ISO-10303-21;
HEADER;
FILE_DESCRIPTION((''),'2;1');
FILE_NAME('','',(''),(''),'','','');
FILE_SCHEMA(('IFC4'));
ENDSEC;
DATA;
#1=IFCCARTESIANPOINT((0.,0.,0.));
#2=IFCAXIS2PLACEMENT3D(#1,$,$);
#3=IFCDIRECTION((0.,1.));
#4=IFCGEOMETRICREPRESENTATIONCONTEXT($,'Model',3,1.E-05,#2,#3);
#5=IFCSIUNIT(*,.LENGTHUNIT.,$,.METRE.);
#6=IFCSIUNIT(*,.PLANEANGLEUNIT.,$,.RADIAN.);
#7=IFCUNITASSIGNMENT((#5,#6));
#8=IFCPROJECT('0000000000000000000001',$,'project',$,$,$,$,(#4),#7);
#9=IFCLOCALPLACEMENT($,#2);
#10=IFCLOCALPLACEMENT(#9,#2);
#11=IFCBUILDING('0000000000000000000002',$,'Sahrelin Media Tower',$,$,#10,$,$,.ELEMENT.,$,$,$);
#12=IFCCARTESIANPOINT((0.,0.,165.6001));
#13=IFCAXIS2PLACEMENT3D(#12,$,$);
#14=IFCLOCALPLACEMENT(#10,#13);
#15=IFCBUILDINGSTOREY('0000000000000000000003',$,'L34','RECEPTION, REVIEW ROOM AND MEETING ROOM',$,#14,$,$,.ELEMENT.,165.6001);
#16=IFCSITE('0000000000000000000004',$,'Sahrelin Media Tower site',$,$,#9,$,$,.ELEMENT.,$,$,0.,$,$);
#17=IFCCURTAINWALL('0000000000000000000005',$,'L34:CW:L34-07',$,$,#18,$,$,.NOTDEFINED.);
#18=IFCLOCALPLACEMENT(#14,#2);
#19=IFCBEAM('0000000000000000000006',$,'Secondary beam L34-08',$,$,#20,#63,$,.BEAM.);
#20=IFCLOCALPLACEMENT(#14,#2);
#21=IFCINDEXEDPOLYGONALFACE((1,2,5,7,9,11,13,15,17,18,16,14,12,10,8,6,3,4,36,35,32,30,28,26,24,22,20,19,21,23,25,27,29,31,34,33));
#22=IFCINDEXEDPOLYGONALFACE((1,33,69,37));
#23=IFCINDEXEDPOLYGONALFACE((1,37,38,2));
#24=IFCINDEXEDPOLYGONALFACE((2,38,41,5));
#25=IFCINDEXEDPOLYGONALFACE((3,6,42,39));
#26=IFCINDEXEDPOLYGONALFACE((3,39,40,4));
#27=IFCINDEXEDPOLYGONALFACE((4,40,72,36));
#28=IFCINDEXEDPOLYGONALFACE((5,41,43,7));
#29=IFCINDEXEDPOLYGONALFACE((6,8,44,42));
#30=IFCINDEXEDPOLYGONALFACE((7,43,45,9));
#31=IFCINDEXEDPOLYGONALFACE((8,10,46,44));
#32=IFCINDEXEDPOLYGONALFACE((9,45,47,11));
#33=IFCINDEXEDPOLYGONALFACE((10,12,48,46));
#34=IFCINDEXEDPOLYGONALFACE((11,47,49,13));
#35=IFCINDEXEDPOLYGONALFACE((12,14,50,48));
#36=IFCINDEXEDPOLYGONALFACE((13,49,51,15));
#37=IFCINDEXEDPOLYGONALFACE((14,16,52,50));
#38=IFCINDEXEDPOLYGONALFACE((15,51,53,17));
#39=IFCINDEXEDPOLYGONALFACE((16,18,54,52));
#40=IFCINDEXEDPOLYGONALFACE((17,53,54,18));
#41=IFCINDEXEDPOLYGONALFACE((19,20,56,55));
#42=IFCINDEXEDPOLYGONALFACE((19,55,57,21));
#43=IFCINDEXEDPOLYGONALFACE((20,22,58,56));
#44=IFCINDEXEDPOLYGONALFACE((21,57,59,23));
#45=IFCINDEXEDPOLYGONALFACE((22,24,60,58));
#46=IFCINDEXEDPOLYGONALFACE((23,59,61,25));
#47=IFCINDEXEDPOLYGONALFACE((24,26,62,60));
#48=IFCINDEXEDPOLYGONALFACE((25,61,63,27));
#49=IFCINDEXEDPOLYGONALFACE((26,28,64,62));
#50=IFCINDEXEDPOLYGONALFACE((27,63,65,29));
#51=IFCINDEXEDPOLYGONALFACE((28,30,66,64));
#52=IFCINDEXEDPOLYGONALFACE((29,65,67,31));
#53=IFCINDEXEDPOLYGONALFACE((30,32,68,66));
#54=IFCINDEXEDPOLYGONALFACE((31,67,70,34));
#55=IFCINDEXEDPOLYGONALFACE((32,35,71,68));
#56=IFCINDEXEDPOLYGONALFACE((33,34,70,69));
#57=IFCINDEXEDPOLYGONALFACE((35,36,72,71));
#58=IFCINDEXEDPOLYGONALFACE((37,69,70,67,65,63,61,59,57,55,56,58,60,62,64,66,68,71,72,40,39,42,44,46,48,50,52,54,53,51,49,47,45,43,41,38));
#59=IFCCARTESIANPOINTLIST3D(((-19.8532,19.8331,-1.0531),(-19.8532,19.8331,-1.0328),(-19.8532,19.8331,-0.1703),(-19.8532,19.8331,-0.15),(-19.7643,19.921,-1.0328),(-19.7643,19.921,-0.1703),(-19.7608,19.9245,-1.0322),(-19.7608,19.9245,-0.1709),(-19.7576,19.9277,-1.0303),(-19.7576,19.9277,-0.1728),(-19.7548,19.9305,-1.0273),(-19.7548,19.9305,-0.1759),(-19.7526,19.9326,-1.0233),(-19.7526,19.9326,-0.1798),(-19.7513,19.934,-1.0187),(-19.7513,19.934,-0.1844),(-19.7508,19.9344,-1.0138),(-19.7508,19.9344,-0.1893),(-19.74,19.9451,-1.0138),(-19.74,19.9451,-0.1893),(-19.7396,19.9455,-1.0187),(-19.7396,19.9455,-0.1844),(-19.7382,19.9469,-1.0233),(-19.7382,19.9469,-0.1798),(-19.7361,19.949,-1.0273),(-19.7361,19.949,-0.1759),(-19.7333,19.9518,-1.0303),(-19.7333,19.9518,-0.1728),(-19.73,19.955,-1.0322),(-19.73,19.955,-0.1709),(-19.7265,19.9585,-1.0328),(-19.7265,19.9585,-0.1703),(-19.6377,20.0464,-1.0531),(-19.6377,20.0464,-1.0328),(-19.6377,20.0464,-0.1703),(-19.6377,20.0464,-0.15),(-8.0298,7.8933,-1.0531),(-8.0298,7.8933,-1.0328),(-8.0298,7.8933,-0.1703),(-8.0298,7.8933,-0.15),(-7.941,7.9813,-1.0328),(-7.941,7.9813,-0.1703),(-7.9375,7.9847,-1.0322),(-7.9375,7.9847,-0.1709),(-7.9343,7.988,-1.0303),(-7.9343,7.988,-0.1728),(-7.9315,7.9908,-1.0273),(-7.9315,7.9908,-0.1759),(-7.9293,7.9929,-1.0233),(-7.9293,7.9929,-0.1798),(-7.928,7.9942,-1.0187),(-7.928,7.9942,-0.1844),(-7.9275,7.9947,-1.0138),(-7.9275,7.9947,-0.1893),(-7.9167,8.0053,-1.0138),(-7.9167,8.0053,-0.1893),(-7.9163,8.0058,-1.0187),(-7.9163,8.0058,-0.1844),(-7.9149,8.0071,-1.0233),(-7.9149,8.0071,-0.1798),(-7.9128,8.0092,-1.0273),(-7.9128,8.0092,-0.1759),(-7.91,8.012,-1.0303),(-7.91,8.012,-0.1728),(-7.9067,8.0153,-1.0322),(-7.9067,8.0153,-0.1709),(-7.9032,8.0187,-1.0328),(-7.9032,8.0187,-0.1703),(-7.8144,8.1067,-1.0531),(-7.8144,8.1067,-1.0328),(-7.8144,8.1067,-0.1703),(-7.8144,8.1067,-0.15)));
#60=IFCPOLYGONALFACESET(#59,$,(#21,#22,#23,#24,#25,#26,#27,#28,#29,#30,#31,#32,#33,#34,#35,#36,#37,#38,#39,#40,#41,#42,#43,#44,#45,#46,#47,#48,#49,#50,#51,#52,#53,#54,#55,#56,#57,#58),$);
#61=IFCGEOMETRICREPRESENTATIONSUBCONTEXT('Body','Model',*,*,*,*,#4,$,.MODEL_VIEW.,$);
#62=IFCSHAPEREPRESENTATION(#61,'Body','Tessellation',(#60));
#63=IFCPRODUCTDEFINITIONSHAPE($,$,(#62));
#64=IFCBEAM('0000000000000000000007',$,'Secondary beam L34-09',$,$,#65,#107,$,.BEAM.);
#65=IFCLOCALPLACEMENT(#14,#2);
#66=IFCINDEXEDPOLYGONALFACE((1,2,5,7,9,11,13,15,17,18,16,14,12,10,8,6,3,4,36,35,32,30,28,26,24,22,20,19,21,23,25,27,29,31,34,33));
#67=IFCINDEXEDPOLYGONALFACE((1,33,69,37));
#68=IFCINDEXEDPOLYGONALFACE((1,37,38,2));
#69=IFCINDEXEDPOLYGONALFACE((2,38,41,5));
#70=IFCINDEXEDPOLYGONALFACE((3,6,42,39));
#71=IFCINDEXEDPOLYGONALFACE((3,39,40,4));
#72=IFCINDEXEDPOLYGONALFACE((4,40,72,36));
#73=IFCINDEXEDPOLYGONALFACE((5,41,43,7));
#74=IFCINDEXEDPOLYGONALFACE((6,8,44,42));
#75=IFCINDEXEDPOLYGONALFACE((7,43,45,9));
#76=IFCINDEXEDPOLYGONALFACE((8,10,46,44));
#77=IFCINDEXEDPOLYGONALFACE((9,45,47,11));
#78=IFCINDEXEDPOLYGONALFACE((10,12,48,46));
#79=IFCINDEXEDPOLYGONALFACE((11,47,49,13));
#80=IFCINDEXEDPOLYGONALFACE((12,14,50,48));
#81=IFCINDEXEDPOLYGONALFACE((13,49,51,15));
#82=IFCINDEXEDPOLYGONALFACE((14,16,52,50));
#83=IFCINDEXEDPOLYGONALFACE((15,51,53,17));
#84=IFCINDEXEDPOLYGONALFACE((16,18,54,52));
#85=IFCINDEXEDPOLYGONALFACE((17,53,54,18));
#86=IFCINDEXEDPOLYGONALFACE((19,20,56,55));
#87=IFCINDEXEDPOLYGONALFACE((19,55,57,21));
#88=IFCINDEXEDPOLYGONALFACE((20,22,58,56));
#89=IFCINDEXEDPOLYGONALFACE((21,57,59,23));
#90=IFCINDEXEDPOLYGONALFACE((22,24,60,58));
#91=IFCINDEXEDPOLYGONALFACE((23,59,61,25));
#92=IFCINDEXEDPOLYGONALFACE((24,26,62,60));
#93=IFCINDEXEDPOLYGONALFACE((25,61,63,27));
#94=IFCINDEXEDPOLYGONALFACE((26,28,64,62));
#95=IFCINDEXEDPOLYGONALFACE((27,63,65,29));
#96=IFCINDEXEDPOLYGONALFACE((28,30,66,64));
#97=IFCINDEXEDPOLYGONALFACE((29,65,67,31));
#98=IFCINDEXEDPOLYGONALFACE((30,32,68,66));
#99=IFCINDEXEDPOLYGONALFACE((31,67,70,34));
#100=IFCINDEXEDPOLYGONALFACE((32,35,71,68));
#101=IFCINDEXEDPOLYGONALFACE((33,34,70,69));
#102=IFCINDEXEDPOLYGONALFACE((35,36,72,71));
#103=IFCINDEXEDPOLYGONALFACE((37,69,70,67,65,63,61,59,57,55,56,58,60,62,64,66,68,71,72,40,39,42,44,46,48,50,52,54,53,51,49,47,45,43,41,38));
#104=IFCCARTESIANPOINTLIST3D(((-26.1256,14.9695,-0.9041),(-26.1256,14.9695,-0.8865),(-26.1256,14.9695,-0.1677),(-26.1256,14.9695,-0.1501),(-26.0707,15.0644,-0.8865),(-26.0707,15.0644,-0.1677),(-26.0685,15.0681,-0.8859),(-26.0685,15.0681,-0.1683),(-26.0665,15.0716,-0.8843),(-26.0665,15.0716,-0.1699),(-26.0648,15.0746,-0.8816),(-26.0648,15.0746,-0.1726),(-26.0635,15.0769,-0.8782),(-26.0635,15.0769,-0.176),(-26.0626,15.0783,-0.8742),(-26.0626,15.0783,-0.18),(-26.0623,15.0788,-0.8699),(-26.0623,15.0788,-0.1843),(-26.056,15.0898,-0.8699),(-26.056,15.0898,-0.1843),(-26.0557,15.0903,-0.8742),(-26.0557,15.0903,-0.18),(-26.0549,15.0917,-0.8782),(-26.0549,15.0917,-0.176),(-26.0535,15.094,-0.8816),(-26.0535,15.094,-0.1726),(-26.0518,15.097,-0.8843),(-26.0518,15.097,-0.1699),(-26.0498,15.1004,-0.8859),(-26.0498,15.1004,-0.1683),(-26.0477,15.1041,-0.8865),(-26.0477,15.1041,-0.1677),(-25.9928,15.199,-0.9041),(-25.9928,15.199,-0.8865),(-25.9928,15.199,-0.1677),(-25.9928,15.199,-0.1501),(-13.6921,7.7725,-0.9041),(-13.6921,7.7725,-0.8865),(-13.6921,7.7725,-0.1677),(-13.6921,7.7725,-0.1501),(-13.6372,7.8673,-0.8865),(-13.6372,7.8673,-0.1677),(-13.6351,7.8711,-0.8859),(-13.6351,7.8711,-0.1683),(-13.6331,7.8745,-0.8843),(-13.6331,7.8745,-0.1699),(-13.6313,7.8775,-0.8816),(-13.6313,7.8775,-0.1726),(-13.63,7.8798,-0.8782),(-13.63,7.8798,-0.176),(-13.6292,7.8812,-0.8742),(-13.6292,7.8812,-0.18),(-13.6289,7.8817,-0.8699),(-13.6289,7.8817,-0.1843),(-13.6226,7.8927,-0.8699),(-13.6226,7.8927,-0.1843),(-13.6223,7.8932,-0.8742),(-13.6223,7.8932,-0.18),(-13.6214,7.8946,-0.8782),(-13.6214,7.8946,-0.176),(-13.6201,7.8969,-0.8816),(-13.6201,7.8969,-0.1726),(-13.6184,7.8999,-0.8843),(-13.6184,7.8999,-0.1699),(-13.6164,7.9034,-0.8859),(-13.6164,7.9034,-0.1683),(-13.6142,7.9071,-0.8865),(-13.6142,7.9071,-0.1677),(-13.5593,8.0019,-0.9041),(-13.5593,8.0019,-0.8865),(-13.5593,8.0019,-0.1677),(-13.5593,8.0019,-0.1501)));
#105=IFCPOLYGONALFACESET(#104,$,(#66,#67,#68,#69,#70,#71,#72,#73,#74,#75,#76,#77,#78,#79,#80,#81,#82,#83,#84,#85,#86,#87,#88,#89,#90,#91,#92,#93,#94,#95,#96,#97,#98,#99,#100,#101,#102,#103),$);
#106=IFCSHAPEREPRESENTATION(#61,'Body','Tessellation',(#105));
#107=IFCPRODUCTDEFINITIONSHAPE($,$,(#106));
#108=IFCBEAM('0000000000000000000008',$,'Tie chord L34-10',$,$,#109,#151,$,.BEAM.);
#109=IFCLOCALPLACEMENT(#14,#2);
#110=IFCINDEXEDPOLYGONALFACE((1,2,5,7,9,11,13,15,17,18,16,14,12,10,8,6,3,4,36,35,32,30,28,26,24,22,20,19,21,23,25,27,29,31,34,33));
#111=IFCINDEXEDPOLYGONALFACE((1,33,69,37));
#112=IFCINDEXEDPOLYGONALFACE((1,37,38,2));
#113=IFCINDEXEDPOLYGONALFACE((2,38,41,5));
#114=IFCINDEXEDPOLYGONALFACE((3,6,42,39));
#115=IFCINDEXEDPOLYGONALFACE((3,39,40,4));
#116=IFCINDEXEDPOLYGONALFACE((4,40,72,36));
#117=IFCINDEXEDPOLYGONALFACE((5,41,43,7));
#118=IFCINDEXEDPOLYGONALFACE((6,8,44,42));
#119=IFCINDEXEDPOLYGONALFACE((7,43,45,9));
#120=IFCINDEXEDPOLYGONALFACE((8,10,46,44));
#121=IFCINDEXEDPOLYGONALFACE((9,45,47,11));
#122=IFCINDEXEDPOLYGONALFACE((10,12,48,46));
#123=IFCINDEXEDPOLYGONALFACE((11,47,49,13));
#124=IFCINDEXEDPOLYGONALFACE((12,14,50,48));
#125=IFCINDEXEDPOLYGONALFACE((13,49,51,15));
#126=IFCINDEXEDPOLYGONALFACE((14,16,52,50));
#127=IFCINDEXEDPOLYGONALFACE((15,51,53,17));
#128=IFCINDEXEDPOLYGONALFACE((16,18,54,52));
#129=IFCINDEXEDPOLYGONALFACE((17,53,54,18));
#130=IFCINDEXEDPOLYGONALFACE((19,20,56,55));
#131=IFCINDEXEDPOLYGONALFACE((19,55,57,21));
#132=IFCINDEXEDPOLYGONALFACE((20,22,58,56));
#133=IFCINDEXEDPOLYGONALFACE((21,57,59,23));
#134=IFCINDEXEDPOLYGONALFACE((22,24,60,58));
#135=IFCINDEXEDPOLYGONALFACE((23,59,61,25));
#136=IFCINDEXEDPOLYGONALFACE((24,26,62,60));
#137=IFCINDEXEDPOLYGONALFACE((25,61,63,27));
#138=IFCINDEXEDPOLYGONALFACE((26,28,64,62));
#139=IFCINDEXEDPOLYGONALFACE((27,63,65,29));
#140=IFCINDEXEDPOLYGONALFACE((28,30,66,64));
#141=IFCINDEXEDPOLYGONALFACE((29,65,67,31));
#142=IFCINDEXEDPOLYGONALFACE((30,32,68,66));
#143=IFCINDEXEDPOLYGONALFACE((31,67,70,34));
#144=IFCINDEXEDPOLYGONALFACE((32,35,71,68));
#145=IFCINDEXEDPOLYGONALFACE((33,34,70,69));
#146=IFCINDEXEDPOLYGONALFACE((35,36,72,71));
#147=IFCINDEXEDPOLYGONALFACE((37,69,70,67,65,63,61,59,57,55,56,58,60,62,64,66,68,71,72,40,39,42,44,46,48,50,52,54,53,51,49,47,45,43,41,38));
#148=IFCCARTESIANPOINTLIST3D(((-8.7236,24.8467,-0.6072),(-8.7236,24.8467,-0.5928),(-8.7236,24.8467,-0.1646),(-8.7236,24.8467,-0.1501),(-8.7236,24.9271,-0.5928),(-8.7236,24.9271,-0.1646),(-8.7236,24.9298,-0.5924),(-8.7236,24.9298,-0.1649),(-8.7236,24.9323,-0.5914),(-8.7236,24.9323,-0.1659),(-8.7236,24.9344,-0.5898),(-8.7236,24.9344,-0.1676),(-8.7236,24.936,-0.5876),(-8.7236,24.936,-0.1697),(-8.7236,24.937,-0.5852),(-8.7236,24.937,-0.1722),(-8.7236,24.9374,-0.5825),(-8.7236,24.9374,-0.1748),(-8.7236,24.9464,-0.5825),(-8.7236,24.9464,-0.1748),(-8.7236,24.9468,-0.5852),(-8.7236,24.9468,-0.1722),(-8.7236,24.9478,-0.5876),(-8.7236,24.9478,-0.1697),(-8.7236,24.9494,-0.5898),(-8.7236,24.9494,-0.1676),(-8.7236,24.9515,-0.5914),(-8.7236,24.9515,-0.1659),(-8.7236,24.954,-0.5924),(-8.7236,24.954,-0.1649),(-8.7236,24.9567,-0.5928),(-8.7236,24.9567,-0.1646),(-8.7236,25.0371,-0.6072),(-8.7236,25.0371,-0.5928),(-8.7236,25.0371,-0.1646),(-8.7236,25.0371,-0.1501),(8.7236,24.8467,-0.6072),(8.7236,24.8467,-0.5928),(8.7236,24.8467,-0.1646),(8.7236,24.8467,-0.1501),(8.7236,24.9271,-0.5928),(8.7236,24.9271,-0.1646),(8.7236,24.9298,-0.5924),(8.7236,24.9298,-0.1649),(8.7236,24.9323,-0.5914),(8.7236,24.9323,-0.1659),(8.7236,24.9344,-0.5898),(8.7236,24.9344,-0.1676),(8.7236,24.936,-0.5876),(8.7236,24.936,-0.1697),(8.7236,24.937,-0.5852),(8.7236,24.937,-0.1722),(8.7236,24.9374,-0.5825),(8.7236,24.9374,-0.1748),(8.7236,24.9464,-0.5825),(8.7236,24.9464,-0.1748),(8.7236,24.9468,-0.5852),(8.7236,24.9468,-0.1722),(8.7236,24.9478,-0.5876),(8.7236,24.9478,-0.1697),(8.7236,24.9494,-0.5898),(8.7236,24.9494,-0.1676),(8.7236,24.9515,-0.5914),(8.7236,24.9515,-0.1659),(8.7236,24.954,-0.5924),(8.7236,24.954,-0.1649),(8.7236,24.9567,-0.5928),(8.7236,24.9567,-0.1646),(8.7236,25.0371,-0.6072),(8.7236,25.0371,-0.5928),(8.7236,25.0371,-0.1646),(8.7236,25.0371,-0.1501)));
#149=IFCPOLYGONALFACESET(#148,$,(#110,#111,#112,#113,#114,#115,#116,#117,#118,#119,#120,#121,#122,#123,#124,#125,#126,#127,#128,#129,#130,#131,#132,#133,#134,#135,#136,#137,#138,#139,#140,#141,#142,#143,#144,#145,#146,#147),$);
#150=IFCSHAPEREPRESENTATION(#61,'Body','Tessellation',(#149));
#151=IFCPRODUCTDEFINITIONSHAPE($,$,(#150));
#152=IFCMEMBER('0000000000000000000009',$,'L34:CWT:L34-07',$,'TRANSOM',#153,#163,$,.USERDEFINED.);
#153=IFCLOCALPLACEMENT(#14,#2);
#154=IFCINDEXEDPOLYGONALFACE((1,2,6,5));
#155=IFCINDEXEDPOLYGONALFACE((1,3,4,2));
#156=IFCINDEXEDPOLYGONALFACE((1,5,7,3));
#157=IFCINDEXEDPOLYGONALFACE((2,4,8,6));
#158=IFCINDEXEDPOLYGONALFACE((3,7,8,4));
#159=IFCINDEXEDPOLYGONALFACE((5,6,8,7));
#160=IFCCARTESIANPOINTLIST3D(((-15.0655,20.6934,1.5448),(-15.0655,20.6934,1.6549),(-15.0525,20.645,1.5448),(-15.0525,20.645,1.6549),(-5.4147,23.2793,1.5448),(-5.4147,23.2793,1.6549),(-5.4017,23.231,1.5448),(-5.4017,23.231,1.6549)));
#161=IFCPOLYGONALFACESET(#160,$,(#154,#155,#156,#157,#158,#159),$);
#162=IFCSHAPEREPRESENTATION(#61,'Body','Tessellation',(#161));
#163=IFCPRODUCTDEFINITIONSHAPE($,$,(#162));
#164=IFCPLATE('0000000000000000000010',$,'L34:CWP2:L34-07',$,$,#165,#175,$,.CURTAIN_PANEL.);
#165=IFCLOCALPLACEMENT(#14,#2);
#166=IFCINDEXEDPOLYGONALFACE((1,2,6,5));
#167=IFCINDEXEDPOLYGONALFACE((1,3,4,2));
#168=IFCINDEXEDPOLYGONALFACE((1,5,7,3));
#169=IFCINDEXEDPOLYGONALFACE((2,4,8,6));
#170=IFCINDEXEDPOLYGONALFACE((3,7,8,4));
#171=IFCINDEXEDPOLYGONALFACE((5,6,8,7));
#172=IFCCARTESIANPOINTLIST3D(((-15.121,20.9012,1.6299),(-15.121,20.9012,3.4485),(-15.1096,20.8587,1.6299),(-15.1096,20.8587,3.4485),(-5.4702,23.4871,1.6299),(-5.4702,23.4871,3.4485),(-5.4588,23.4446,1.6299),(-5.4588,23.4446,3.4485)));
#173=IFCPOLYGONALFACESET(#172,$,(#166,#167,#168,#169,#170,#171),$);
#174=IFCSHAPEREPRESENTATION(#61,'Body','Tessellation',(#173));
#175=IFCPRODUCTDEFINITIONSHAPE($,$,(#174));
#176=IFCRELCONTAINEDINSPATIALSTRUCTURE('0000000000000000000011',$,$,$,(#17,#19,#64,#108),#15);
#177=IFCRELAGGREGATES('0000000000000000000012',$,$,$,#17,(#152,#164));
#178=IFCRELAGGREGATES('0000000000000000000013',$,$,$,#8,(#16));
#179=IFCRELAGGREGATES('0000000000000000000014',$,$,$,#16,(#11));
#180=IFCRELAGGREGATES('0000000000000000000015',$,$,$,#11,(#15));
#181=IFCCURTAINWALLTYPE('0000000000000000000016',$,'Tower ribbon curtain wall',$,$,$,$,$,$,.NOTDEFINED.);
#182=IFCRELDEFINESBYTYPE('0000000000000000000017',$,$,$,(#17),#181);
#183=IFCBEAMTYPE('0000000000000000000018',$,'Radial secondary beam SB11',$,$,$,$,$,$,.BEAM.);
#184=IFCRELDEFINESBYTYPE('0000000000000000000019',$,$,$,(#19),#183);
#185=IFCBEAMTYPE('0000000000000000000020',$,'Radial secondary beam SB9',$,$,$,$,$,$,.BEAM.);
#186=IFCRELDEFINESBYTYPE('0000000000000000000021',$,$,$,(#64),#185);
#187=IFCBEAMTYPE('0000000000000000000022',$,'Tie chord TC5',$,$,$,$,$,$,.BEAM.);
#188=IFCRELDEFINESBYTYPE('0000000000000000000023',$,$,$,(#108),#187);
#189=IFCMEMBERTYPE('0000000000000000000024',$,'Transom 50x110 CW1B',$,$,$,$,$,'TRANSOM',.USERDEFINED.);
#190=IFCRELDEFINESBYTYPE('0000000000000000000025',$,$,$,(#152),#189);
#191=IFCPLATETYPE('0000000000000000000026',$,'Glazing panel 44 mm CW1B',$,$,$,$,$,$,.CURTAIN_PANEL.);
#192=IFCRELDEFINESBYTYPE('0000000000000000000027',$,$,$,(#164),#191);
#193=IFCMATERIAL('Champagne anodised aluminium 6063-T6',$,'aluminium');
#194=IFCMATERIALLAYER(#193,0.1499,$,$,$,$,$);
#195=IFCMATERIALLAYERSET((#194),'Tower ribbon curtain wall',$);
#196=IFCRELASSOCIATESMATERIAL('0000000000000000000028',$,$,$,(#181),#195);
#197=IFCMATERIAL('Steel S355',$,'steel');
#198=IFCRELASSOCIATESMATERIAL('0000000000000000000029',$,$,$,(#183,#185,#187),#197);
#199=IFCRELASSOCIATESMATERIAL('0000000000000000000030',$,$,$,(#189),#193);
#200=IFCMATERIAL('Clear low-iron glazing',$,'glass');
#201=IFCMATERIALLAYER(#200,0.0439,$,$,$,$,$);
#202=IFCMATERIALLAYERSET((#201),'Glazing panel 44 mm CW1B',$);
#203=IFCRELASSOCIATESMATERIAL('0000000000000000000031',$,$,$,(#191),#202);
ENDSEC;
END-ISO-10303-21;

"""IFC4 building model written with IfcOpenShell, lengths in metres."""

from ifc_helpers import new_model, si_unit, direction, frame, origin, origin_2d, place, context, subcontext, project, spatial, polyline, rectangle, i_section, outline, extrude, material, layer, layer_set, material_profile, profile_set, type_object, element, aggregate, save


model = new_model("IFC4")

# Units and contexts
model_context = context("Model", 3, precision=1e-05, world=origin(), true_north=direction((0.0, 1.0)))
body_context = subcontext(model_context, "Body", "Model", "MODEL_VIEW")
ifc_project = project(units=[si_unit("LENGTHUNIT", "METRE"), si_unit("PLANEANGLEUNIT", "RADIAN")], contexts=[model_context])

# Site, building, storey
site_placement = place(None, origin())
site = spatial("IfcSite", under=ifc_project, at=site_placement, Name="Sahrelin Media Tower site", CompositionType="ELEMENT", RefElevation=0.0)
building_placement = place(site_placement, origin())
building = spatial("IfcBuilding", under=site, at=building_placement, Name="Sahrelin Media Tower", CompositionType="ELEMENT")
storey_placement = place(building_placement, frame((0.0, 0.0, 165.6001)))
storey = spatial("IfcBuildingStorey", under=building, at=storey_placement, Name="L34", Description="RECEPTION, REVIEW ROOM AND MEETING ROOM", CompositionType="ELEMENT", Elevation=165.6001)

# Shared definitions
ifc_material_1 = material(Name="Steel S355", Category="steel")

# Curtain wall
ifc_material_2 = material(Name="Champagne anodised aluminium 6063-T6", Category="aluminium")
ifc_layer_1 = layer(ifc_material_2, 0.1499)
ifc_layer_set_1 = layer_set([ifc_layer_1], Name="Tower ribbon curtain wall")
curtain_wall_type = type_object("IfcCurtainWallType", Name="Tower ribbon curtain wall", PredefinedType="NOTDEFINED", material=ifc_layer_set_1)
curtain_wall_placement = place(storey_placement, frame((-10.2905, 22.1748, 0.0), z_axis=(0.0, 0.0, 1.0), x_axis=(1.0, 0.0, 0.0)))
curtain_wall = element("IfcCurtainWall", 1, at=curtain_wall_placement, inside=storey, type_object=curtain_wall_type, Name="L34:CW:L34-07", PredefinedType="NOTDEFINED")

# Beams
ifc_material_profile_1 = material_profile(ifc_material_1, i_section(OverallWidth=0.3032, OverallDepth=0.9031, WebThickness=0.0151, FlangeThickness=0.0203, FilletRadius=0.019, at=origin_2d()), Name="UB 914x305x201")
ifc_profile_set_1 = profile_set([ifc_material_profile_1], Name="Steel S355")
beam_type_1 = type_object("IfcBeamType", Name="Radial secondary beam SB11", PredefinedType="BEAM", material=ifc_profile_set_1)
beam_1_placement = place(storey_placement, frame((-7.9221, 8.0, -0.6016), z_axis=(-0.703633, 0.710564, 0.0), x_axis=(-0.710564, -0.703633, 0.0)))
element("IfcBeam", 2, at=beam_1_placement, inside=storey, type_object=beam_type_1, Name="Secondary beam L34-08", PredefinedType="BEAM", context=body_context, shape_type="SweptSolid", body=[
    extrude(i_section(OverallWidth=0.3032, OverallDepth=0.9031, WebThickness=0.0151, FlangeThickness=0.0203, FilletRadius=0.019, at=origin_2d()), origin(), (0.0, 0.0, 1.0), 16.8032),
])
ifc_material_profile_2 = material_profile(ifc_material_1, i_section(OverallWidth=0.2651, OverallDepth=0.7539, WebThickness=0.0127, FlangeThickness=0.0176, FilletRadius=0.0166, at=origin_2d()), Name="UB 762x267x147")
ifc_profile_set_2 = profile_set([ifc_material_profile_2], Name="Steel S355")
beam_type_2 = type_object("IfcBeamType", Name="Radial secondary beam SB9", PredefinedType="BEAM", material=ifc_profile_set_2)
beam_2_placement = place(storey_placement, frame((-13.6257, 7.8872, -0.5271), z_axis=(-0.865464, 0.500972, 0.0), x_axis=(-0.500972, -0.865464, 0.0)))
element("IfcBeam", 3, at=beam_2_placement, inside=storey, type_object=beam_type_2, Name="Secondary beam L34-09", PredefinedType="BEAM", context=body_context, shape_type="SweptSolid", body=[
    extrude(i_section(OverallWidth=0.2651, OverallDepth=0.7539, WebThickness=0.0127, FlangeThickness=0.0176, FilletRadius=0.0166, at=origin_2d()), origin(), (0.0, 0.0, 1.0), 14.3662),
])
ifc_material_profile_3 = material_profile(ifc_material_1, i_section(OverallWidth=0.1904, OverallDepth=0.457, WebThickness=0.009, FlangeThickness=0.0144, FilletRadius=0.0103, at=origin_2d()), Name="UB 457x191x74")
ifc_profile_set_3 = profile_set([ifc_material_profile_3], Name="Steel S355")
beam_type_3 = type_object("IfcBeamType", Name="Tie chord TC5", PredefinedType="BEAM", material=ifc_profile_set_3)
beam_3_placement = place(storey_placement, frame((-8.7236, 24.9419, -0.3787), z_axis=(1.0, 0.0, 0.0), x_axis=(0.0, 1.0, 0.0)))
element("IfcBeam", 4, at=beam_3_placement, inside=storey, type_object=beam_type_3, Name="Tie chord L34-10", PredefinedType="BEAM", context=body_context, shape_type="SweptSolid", body=[
    extrude(i_section(OverallWidth=0.1904, OverallDepth=0.457, WebThickness=0.009, FlangeThickness=0.0144, FilletRadius=0.0103, at=origin_2d()), origin(), (0.0, 0.0, 1.0), 17.4473),
])

# Member
ifc_material_profile_4 = material_profile(ifc_material_2, rectangle(XDim=0.05, YDim=0.1101, at=origin_2d()), Name="Transom 50x110")
ifc_profile_set_4 = profile_set([ifc_material_profile_4], Name="Champagne anodised aluminium 6063-T6")
member_type_1 = type_object("IfcMemberType", Name="Transom 50x110 CW1B", ElementType="TRANSOM", PredefinedType="USERDEFINED", material=ifc_profile_set_4)
member_1_placement = place(storey_placement, frame((-5.4082, 23.2551, 1.5999), z_axis=(-0.965926, -0.258818, 0.0), x_axis=(0.258818, -0.965926, 0.0)))
member_1 = element("IfcMember", 5, at=member_1_placement, type_object=member_type_1, Name="L34:CWT:L34-07", ObjectType="TRANSOM", PredefinedType="USERDEFINED", context=body_context, shape_type="SweptSolid", body=[
    extrude(rectangle(XDim=0.05, YDim=0.1101, at=origin_2d()), origin(), (0.0, 0.0, 1.0), 9.9912),
])

# Plate
ifc_material_3 = material(Name="Clear low-iron glazing", Category="glass")
ifc_layer_2 = layer(ifc_material_3, 0.0439)
ifc_layer_set_2 = layer_set([ifc_layer_2], Name="Glazing panel 44 mm CW1B")
plate_type_1 = type_object("IfcPlateType", Name="Glazing panel 44 mm CW1B", PredefinedType="CURTAIN_PANEL", material=ifc_layer_set_2)
plate_1_placement = place(storey_placement, frame((-5.4702, 23.4871, 1.6299), z_axis=(-0.258818, 0.965926, 0.0), x_axis=(-0.965926, -0.258818, 0.0)))
plate_1 = element("IfcPlate", 6, at=plate_1_placement, type_object=plate_type_1, Name="L34:CWP2:L34-07", PredefinedType="CURTAIN_PANEL", context=body_context, shape_type="SweptSolid", body=[
    extrude(outline(polyline([(0.0, 0.0), (9.9912, 0.0), (9.9912, 1.8186), (0.0, 1.8186), (0.0, 0.0)])), origin(), (0.0, 0.0, -1.0), 0.0439),
])
aggregate(curtain_wall, [member_1, plate_1])

save(model, "model.ifc")
